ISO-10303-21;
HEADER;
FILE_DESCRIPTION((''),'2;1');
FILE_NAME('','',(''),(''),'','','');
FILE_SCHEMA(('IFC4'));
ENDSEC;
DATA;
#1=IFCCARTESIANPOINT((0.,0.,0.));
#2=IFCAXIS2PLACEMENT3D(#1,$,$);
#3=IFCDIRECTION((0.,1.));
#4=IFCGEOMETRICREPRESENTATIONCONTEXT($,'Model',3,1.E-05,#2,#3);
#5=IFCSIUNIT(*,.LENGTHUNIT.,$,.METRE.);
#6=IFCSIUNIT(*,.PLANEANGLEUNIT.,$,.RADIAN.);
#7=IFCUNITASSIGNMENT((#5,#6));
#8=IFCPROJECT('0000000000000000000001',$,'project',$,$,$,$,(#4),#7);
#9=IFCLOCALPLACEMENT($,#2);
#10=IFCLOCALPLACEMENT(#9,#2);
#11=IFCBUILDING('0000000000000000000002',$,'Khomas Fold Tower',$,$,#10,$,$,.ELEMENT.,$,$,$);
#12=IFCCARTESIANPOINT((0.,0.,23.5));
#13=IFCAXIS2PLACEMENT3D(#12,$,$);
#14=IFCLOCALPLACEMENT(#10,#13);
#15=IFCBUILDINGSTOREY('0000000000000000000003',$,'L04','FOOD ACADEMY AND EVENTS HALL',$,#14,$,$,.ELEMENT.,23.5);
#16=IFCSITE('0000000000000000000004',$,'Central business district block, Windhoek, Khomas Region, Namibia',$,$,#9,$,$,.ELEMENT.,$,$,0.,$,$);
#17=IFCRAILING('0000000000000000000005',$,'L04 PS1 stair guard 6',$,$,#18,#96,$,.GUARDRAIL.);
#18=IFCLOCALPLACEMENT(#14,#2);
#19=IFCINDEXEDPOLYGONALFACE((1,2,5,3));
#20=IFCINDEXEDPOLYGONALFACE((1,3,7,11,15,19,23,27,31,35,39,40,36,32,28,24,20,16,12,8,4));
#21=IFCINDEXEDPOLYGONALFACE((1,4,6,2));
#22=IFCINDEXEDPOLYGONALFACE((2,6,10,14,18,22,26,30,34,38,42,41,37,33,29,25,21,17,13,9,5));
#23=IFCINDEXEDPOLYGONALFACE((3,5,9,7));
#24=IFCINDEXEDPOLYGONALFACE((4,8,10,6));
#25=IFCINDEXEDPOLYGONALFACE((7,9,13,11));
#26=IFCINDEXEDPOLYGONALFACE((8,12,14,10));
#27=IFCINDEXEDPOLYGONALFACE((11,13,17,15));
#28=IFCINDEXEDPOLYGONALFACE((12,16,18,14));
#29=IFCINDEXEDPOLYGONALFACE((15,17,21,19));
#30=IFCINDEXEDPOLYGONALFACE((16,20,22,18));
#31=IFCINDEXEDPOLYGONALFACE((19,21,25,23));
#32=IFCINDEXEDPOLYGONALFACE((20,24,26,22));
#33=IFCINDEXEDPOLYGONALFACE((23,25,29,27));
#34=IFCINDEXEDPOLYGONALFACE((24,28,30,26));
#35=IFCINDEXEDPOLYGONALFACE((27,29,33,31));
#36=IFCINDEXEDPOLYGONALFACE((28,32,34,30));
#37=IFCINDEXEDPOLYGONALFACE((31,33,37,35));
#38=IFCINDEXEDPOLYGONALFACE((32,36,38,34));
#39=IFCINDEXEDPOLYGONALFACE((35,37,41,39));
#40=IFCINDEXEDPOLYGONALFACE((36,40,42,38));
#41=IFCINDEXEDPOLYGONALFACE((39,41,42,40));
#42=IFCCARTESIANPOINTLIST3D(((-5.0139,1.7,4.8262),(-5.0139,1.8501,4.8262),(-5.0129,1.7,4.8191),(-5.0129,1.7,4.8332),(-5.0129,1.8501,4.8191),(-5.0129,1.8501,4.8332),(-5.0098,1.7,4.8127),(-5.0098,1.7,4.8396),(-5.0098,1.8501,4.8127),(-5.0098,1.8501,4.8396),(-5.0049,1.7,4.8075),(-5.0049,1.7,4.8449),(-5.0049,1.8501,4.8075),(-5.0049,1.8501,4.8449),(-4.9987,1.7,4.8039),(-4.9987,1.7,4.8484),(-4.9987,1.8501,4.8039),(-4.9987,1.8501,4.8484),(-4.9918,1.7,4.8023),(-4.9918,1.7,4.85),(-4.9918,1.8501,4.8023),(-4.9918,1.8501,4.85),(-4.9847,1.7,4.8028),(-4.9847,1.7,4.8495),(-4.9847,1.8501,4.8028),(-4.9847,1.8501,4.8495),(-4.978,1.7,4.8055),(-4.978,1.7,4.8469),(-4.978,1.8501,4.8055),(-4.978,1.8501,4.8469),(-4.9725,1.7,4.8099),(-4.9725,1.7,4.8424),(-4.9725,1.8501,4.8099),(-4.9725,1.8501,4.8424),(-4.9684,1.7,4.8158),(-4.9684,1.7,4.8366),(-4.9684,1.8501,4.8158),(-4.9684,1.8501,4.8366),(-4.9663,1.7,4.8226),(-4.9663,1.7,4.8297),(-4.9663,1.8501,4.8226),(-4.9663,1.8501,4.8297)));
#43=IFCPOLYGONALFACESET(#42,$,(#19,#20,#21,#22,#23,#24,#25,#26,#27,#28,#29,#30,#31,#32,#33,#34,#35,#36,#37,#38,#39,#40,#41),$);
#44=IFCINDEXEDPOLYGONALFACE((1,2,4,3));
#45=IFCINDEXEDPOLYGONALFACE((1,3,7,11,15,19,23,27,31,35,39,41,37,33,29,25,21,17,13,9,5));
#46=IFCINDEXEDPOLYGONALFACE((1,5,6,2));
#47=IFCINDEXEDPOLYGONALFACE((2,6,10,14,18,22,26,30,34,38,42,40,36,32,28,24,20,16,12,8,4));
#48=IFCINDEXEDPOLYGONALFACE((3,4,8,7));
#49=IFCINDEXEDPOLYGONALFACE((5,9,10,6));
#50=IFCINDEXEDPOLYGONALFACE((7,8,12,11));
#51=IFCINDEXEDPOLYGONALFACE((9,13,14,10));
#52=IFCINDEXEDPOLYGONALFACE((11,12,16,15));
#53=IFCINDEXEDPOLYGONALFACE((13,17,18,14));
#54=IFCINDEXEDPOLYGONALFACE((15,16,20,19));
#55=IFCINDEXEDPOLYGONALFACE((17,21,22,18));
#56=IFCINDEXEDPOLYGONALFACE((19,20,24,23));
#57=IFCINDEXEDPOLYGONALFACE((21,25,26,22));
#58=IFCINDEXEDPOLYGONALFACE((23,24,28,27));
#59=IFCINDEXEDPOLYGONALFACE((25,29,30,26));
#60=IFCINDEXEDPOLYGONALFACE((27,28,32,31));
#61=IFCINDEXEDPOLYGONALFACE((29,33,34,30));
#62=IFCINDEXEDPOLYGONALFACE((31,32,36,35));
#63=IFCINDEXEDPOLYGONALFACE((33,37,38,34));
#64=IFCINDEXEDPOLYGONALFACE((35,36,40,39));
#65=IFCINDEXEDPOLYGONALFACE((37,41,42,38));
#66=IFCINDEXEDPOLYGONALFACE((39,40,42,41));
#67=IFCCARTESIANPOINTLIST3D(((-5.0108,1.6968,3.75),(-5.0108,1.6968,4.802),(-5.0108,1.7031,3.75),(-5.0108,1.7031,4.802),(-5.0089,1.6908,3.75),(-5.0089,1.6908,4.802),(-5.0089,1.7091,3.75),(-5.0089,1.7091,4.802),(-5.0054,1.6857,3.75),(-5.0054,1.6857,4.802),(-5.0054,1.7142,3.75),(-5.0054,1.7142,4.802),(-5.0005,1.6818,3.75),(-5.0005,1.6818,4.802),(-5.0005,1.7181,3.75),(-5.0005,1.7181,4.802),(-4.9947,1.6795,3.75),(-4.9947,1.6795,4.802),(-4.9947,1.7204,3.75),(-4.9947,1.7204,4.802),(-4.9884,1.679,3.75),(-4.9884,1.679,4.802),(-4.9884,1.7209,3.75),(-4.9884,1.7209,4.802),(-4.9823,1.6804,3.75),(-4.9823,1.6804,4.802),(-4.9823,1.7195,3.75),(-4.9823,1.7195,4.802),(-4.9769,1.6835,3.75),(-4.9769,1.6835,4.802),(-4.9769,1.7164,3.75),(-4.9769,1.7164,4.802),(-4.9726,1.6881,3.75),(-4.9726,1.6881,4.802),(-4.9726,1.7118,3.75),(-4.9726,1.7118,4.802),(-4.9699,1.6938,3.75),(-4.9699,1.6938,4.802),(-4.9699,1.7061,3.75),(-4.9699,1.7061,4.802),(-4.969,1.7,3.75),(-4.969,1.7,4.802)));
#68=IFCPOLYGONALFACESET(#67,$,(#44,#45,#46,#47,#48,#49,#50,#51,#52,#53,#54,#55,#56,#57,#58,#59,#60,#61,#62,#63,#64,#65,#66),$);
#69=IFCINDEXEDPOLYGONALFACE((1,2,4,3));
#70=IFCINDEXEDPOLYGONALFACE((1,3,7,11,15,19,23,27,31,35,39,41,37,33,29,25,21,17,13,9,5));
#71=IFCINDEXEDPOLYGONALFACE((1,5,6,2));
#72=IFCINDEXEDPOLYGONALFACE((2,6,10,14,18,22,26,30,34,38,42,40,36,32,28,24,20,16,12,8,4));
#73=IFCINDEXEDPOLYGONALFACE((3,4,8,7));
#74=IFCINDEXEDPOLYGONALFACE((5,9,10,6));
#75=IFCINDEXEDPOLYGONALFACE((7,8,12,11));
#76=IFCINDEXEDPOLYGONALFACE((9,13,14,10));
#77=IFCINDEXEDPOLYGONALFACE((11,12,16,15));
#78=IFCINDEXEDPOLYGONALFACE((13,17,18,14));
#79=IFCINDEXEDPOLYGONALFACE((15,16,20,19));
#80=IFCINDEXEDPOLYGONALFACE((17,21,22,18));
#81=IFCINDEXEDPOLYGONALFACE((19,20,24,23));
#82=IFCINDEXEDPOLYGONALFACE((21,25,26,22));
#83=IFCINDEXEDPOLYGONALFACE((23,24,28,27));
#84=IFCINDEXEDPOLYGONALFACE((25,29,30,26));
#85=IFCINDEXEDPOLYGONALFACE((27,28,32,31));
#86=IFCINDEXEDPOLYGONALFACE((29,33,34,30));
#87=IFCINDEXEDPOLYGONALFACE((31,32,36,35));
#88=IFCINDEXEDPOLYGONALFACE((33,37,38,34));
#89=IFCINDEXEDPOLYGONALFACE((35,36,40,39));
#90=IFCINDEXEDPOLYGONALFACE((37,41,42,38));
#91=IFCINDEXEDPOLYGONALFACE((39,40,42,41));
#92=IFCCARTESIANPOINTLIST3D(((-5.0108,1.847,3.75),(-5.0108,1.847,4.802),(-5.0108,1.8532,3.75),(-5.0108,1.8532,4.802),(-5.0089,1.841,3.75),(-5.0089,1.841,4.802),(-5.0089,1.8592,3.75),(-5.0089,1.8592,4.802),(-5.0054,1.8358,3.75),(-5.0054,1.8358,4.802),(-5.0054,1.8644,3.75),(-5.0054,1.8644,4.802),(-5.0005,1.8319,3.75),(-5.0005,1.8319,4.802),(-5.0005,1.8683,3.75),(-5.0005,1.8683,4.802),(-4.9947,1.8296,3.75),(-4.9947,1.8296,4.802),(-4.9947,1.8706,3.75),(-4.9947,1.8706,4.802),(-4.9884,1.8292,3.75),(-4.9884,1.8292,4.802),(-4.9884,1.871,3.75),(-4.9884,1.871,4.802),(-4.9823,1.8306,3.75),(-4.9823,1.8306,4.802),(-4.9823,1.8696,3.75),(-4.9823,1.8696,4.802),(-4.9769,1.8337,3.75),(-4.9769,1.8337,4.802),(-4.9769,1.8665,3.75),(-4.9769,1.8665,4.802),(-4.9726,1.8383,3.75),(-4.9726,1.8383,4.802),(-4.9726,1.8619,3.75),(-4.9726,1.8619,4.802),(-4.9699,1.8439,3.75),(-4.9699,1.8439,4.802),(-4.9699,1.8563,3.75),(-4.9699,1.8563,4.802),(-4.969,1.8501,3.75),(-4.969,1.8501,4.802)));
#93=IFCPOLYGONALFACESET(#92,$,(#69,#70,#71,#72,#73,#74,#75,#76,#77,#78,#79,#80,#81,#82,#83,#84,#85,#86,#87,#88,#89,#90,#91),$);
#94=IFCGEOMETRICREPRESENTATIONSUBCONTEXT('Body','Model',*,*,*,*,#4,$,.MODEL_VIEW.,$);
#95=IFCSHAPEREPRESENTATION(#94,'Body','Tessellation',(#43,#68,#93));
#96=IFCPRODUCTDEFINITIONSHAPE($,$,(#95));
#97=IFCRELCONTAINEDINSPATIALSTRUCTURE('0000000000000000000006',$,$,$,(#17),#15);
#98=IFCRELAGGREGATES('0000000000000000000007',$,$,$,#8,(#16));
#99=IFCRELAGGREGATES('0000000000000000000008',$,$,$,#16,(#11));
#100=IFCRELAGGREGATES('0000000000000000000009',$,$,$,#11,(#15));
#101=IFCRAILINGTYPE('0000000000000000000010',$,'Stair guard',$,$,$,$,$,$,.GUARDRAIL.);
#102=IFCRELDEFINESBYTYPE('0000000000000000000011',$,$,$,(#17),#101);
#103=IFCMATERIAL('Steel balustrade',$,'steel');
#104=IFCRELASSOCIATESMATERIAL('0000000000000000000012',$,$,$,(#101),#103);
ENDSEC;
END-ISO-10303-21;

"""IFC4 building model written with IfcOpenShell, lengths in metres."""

from ifc_helpers import new_model, si_unit, direction, frame, origin, origin_2d, place, context, subcontext, project, spatial, circle, extrude, source, transform, mapped, material, type_object, element, save


model = new_model("IFC4")

# Units and contexts
model_context = context("Model", 3, precision=1e-05, world=origin(), true_north=direction((0.0, 1.0)))
body_context = subcontext(model_context, "Body", "Model", "MODEL_VIEW")
ifc_project = project(units=[si_unit("LENGTHUNIT", "METRE"), si_unit("PLANEANGLEUNIT", "RADIAN")], contexts=[model_context])

# Site, building, storey
site_placement = place(None, origin())
site = spatial("IfcSite", under=ifc_project, at=site_placement, Name="Central business district block, Windhoek, Khomas Region, Namibia", CompositionType="ELEMENT", RefElevation=0.0)
building_placement = place(site_placement, origin())
building = spatial("IfcBuilding", under=site, at=building_placement, Name="Khomas Fold Tower", CompositionType="ELEMENT")
storey_placement = place(building_placement, frame((0.0, 0.0, 23.5)))
storey = spatial("IfcBuildingStorey", under=building, at=storey_placement, Name="L04", Description="FOOD ACADEMY AND EVENTS HALL", CompositionType="ELEMENT", Elevation=23.5)

# Railing
ifc_material_1 = material(Name="Steel balustrade", Category="steel")
railing_type = type_object("IfcRailingType", Name="Stair guard", PredefinedType="GUARDRAIL", material=ifc_material_1)
shared_shape_1 = source(origin(), body_context, "Body", "SweptSolid", [
    extrude(circle(Radius=0.0239, at=origin_2d()), frame((0.0, 0.0, 1.0762), z_axis=(0.0, 1.0, 0.0), x_axis=(-1.0, 0.0, 0.0)), (0.0, 0.0, 1.0), 0.1501),
    extrude(circle(Radius=0.021, at=origin_2d()), origin(), (0.0, 0.0, 1.0), 1.052),
    extrude(circle(Radius=0.021, at=origin_2d()), frame((0.0, 0.1501, 0.0)), (0.0, 0.0, 1.0), 1.052),
])
for number, where, name in (
    (1, (-4.99, 1.7, 3.75), "L04 PS1 stair guard 6"),
):
    element("IfcRailing", number, at=place(storey_placement, frame(where)), inside=storey, type_object=railing_type, Name=name, PredefinedType="GUARDRAIL", context=body_context, shape_type="MappedRepresentation", body=[
        mapped(shared_shape_1, transform((0.0, 0.0, 0.0))),
    ])

save(model, "model.ifc")
